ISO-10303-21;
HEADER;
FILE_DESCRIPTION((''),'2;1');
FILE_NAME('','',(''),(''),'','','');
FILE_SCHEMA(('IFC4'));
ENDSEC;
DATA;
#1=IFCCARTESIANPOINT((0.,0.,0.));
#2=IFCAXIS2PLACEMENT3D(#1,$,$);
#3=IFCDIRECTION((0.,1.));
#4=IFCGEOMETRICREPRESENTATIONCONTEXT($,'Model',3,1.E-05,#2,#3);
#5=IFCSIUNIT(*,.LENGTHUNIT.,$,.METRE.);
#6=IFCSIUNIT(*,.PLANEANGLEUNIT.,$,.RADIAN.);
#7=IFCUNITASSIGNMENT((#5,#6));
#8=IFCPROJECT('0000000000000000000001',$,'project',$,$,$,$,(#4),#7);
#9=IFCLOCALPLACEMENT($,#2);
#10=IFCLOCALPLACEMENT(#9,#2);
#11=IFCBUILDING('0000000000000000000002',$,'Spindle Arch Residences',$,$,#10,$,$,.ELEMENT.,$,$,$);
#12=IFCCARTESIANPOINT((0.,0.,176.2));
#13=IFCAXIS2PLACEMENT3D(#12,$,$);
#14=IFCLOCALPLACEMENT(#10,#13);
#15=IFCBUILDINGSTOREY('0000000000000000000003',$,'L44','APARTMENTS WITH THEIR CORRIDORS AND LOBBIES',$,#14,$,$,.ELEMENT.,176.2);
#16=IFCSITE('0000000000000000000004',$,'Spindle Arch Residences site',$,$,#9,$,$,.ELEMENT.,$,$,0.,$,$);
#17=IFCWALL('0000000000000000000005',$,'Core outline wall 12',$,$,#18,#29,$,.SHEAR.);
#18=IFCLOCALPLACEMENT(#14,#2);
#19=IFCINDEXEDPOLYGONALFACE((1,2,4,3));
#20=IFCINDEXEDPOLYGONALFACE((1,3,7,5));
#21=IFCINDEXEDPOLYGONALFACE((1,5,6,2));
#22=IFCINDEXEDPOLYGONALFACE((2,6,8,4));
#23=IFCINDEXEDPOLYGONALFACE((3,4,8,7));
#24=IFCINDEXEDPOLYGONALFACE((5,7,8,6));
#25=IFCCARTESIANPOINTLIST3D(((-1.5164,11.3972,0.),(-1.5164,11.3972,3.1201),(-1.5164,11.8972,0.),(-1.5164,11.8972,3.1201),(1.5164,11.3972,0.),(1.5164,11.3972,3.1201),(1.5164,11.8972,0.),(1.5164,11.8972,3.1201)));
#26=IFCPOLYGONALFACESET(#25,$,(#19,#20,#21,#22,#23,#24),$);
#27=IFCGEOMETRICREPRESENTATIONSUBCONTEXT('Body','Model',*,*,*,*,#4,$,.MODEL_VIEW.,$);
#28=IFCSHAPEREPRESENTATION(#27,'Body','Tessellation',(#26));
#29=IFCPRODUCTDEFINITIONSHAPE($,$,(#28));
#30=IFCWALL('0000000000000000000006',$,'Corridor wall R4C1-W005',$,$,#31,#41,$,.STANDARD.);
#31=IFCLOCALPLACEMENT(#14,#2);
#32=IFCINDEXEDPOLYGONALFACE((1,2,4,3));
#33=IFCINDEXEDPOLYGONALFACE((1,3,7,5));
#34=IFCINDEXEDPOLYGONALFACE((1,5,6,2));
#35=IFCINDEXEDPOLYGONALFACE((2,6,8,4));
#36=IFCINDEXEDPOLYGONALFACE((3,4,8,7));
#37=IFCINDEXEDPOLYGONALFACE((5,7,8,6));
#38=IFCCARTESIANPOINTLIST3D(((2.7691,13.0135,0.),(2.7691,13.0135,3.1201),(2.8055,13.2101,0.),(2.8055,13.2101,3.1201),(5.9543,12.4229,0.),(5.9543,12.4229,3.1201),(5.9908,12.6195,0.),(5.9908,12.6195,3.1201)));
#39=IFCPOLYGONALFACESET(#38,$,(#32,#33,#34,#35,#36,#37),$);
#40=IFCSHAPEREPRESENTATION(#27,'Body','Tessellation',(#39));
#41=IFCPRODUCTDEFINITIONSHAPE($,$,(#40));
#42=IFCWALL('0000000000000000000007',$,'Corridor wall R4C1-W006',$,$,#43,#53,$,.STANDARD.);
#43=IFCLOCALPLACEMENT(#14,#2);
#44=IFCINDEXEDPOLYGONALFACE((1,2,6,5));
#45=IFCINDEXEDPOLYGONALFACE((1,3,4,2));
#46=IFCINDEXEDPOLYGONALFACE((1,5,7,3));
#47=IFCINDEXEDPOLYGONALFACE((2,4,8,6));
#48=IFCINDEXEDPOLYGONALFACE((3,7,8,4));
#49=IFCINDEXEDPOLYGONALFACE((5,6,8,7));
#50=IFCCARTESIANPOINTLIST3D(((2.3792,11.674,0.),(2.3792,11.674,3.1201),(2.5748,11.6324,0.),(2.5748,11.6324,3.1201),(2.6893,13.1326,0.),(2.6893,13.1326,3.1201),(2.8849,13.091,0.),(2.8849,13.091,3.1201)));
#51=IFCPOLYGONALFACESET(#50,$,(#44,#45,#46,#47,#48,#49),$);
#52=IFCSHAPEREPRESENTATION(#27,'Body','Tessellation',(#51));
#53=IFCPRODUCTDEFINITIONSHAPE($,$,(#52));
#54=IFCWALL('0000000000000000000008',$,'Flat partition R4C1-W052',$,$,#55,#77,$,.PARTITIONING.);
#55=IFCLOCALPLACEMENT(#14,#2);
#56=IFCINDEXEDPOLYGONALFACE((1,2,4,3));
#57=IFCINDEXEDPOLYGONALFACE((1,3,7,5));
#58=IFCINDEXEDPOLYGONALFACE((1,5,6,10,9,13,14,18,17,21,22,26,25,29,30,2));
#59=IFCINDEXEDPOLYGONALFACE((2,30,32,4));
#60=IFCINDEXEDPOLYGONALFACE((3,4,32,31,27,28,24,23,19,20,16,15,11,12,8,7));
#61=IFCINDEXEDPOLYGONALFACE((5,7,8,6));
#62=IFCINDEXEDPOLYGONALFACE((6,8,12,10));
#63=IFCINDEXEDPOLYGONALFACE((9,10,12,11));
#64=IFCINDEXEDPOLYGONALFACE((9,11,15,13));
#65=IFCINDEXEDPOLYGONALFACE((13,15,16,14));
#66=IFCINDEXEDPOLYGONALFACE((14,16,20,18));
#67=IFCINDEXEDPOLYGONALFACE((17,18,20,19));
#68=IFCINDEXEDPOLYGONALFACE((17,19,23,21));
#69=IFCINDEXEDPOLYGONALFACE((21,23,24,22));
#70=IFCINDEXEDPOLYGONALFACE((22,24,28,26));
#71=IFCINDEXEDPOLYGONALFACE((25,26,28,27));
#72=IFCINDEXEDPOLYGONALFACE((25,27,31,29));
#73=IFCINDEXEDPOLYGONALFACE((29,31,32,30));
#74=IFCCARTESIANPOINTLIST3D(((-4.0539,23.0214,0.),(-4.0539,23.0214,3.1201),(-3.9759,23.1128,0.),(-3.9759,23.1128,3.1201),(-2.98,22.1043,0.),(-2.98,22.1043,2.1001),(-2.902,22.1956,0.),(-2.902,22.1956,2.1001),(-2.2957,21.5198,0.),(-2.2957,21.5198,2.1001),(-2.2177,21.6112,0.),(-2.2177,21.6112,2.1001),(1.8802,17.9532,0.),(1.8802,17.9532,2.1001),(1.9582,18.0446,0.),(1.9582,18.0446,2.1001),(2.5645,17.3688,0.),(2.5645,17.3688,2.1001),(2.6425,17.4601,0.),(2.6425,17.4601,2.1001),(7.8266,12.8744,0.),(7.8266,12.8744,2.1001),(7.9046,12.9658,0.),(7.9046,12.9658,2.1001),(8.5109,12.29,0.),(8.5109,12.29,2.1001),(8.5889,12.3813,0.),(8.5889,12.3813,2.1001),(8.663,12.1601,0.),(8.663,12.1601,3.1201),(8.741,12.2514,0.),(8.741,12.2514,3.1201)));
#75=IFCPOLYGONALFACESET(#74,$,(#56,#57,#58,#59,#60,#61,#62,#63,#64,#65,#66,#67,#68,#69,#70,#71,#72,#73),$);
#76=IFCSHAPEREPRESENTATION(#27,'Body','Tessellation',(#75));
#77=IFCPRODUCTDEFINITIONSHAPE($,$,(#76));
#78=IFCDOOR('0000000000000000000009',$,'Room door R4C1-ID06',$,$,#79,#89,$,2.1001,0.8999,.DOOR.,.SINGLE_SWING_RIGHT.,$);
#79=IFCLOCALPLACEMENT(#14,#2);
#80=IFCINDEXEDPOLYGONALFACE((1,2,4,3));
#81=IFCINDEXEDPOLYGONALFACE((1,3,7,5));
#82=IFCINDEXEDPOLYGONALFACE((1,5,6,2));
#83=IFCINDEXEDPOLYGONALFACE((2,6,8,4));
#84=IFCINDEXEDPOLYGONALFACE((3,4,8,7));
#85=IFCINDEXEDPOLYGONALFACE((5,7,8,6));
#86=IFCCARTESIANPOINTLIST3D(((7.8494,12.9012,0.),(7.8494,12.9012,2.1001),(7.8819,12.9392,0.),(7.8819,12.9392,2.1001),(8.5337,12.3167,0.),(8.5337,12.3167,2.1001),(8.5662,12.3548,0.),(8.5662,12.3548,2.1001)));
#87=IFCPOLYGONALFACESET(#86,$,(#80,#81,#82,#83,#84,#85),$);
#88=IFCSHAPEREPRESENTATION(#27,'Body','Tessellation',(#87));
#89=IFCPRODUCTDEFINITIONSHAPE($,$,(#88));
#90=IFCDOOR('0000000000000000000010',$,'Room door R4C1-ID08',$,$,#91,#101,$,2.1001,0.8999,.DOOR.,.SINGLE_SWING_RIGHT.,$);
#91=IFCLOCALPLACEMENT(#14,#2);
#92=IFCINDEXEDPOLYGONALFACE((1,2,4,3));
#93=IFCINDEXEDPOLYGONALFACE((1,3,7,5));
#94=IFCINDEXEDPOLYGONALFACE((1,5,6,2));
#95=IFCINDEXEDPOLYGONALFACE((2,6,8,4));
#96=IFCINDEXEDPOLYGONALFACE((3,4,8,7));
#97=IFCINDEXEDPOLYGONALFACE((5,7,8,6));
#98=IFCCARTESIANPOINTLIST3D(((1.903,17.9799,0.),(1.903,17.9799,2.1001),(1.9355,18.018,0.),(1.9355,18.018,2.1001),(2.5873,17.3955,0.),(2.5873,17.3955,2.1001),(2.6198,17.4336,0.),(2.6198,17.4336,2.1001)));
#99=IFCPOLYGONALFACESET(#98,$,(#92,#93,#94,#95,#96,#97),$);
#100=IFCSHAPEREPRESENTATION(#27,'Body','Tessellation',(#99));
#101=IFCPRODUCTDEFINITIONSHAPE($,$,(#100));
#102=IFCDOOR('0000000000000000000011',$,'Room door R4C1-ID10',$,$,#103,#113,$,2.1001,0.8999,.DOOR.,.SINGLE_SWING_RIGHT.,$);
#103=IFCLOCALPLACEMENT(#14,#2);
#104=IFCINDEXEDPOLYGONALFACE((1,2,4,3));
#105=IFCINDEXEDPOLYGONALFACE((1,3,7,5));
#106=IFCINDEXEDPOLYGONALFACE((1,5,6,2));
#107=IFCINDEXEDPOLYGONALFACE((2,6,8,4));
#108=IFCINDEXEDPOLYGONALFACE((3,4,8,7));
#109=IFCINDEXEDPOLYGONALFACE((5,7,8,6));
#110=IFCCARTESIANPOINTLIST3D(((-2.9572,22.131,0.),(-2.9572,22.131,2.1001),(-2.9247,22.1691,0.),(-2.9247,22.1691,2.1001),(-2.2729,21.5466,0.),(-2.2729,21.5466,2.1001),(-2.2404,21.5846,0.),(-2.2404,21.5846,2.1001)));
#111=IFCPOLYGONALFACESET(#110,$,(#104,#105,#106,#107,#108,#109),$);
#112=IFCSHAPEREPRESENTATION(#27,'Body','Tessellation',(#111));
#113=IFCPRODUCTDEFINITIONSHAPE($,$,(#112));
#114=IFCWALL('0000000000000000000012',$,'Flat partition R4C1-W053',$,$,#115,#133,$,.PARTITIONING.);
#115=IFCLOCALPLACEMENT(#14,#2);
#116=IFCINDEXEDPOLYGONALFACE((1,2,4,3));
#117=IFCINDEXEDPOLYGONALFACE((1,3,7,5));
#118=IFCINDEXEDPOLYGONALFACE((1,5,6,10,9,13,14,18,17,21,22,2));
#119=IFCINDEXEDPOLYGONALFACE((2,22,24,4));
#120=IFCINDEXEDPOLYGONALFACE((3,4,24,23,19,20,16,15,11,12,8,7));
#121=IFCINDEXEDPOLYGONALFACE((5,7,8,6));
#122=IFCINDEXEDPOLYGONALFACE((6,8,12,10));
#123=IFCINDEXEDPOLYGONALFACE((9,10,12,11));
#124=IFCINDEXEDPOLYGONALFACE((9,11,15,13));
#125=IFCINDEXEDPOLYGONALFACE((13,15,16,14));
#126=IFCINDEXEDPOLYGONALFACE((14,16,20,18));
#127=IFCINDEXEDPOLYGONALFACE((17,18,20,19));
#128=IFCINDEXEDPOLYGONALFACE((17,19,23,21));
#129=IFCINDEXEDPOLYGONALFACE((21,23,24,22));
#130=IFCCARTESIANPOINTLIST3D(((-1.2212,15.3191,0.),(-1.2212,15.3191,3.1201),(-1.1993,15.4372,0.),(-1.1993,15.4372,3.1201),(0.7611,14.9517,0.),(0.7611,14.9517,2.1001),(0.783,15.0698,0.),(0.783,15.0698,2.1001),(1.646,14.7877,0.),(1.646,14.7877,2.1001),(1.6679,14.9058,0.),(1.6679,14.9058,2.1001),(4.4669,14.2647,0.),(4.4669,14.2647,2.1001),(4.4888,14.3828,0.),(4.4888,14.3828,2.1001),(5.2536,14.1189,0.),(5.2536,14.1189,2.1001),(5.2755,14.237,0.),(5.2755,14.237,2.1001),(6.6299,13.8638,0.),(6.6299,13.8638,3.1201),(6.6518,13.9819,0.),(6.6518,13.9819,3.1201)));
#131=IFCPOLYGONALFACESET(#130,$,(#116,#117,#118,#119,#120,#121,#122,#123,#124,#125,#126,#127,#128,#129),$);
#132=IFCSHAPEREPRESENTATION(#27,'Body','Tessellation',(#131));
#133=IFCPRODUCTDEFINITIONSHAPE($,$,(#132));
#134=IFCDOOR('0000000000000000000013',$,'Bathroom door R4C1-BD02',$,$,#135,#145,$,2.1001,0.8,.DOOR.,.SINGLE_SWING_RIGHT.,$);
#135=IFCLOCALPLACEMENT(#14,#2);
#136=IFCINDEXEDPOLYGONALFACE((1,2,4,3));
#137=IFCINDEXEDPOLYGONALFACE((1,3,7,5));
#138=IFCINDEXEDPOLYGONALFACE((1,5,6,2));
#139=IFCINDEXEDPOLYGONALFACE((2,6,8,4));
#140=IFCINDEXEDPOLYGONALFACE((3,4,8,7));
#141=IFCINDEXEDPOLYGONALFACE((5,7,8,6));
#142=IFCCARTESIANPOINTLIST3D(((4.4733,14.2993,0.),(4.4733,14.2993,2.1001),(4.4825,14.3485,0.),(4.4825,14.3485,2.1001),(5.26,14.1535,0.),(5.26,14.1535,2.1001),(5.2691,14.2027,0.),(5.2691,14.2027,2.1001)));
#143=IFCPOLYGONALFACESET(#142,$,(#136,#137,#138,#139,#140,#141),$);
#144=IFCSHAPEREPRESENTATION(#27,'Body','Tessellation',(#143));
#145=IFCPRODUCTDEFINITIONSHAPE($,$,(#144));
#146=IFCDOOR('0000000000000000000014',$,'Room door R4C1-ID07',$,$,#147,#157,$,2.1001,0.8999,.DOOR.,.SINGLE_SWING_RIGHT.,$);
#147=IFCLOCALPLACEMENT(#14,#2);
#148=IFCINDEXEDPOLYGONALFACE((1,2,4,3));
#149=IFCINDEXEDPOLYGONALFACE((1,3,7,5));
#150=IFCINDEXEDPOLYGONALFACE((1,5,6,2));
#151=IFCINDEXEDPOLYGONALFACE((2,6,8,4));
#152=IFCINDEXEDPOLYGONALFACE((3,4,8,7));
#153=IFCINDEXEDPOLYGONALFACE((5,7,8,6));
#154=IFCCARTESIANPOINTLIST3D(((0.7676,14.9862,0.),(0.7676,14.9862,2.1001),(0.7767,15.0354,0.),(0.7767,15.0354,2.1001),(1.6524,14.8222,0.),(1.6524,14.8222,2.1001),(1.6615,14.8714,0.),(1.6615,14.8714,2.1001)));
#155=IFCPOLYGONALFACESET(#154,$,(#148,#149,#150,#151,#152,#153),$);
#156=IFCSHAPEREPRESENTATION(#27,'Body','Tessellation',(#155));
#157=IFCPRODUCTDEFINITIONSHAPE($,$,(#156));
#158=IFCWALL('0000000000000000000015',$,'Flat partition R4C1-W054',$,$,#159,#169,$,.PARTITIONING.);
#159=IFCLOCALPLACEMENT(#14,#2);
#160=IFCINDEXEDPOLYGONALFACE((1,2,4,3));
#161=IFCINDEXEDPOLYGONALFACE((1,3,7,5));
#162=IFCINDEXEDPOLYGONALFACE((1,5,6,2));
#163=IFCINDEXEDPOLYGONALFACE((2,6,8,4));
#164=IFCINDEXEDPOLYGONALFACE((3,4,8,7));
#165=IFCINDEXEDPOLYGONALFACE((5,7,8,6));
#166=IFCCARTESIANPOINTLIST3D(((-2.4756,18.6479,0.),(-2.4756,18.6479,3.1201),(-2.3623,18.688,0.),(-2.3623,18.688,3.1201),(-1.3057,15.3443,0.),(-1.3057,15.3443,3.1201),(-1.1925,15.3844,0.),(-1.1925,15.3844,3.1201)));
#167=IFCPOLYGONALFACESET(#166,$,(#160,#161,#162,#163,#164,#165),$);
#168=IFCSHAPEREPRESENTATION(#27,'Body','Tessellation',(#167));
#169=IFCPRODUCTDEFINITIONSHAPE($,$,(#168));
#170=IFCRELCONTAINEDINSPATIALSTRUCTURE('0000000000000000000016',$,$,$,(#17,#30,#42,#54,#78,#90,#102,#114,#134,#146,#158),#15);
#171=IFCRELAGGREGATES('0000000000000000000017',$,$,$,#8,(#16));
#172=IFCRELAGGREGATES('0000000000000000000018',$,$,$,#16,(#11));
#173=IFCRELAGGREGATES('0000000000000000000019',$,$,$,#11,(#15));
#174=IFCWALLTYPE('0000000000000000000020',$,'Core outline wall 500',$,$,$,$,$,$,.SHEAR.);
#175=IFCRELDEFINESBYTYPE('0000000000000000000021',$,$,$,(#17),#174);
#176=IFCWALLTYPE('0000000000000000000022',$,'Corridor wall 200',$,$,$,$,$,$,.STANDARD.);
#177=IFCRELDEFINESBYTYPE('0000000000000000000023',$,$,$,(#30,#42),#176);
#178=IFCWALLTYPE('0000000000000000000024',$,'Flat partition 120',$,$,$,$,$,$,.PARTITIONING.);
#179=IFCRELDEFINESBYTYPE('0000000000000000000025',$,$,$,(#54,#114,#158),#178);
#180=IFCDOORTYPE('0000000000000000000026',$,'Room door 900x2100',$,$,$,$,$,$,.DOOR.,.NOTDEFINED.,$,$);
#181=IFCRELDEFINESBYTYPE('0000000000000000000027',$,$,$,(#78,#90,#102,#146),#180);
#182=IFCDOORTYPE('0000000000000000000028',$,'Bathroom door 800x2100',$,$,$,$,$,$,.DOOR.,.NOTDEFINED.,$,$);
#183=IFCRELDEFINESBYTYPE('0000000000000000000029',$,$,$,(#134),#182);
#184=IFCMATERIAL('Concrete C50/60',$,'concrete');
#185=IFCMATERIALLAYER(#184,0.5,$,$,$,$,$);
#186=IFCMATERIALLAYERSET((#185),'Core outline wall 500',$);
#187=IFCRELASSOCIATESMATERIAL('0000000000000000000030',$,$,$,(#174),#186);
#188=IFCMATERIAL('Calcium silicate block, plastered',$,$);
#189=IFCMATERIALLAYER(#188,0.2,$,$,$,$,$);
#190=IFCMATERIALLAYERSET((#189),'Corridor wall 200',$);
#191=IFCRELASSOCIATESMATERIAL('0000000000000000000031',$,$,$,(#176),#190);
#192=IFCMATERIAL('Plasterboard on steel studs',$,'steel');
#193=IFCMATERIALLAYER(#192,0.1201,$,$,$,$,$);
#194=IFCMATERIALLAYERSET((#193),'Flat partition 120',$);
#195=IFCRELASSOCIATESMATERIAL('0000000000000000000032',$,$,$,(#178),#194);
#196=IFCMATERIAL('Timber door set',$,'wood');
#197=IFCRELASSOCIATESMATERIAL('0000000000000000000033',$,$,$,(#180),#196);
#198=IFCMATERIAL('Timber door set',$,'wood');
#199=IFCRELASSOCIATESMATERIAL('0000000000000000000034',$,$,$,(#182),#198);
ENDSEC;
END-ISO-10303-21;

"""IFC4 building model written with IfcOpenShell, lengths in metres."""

from ifc_helpers import new_model, si_unit, direction, frame, frame_2d, origin, place, context, subcontext, project, spatial, rectangle, extrude, material, layer, layer_set, type_object, element, fill, save


model = new_model("IFC4")

# Units and contexts
model_context = context("Model", 3, precision=1e-05, world=origin(), true_north=direction((0.0, 1.0)))
body_context = subcontext(model_context, "Body", "Model", "MODEL_VIEW")
ifc_project = project(units=[si_unit("LENGTHUNIT", "METRE"), si_unit("PLANEANGLEUNIT", "RADIAN")], contexts=[model_context])

# Site, building, storey
site_placement = place(None, origin())
site = spatial("IfcSite", under=ifc_project, at=site_placement, Name="Spindle Arch Residences site", CompositionType="ELEMENT", RefElevation=0.0)
building_placement = place(site_placement, origin())
building = spatial("IfcBuilding", under=site, at=building_placement, Name="Spindle Arch Residences", CompositionType="ELEMENT")
storey_placement = place(building_placement, frame((0.0, 0.0, 176.2)))
storey = spatial("IfcBuildingStorey", under=building, at=storey_placement, Name="L44", Description="APARTMENTS WITH THEIR CORRIDORS AND LOBBIES", CompositionType="ELEMENT", Elevation=176.2)

# Walls
ifc_material_1 = material(Name="Concrete C50/60", Category="concrete")
ifc_layer_1 = layer(ifc_material_1, 0.5)
ifc_layer_set_1 = layer_set([ifc_layer_1], Name="Core outline wall 500")
wall_type_1 = type_object("IfcWallType", Name="Core outline wall 500", PredefinedType="SHEAR", material=ifc_layer_set_1)
wall_1_placement = place(storey_placement, frame((1.5164, 11.6472, 0.0), z_axis=(0.0, 0.0, 1.0), x_axis=(-1.0, 0.0, 0.0)))
element("IfcWall", 1, at=wall_1_placement, inside=storey, type_object=wall_type_1, Name="Core outline wall 12", PredefinedType="SHEAR", context=body_context, shape_type="SweptSolid", body=[
    extrude(rectangle(XDim=3.0327, YDim=0.5, at=frame_2d((1.5164, 0.0))), origin(), (0.0, 0.0, 1.0), 3.1201),
])
ifc_material_2 = material(Name="Calcium silicate block, plastered")
ifc_layer_2 = layer(ifc_material_2, 0.2)
ifc_layer_set_2 = layer_set([ifc_layer_2], Name="Corridor wall 200")
wall_type_2 = type_object("IfcWallType", Name="Corridor wall 200", PredefinedType="STANDARD", material=ifc_layer_set_2)
wall_2_placement = place(storey_placement, frame((5.9724, 12.5212, 0.0), z_axis=(0.0, 0.0, 1.0), x_axis=(-0.983243, 0.1823, 0.0)))
element("IfcWall", 2, at=wall_2_placement, inside=storey, type_object=wall_type_2, Name="Corridor wall R4C1-W005", PredefinedType="STANDARD", context=body_context, shape_type="SweptSolid", body=[
    extrude(rectangle(XDim=3.2395, YDim=0.2, at=frame_2d((1.6196, 0.0))), origin(), (0.0, 0.0, 1.0), 3.1201),
])
wall_3_placement = place(storey_placement, frame((2.7871, 13.1118, 0.0), z_axis=(0.0, 0.0, 1.0), x_axis=(-0.207941, -0.978141, 0.0)))
element("IfcWall", 3, at=wall_3_placement, inside=storey, type_object=wall_type_2, Name="Corridor wall R4C1-W006", PredefinedType="STANDARD", context=body_context, shape_type="SweptSolid", body=[
    extrude(rectangle(XDim=1.4912, YDim=0.2, at=frame_2d((0.7456, 0.0))), origin(), (0.0, 0.0, 1.0), 3.1201),
])

# Walls, openings, doors
ifc_material_3 = material(Name="Plasterboard on steel studs", Category="steel")
ifc_layer_3 = layer(ifc_material_3, 0.1201)
ifc_layer_set_3 = layer_set([ifc_layer_3], Name="Flat partition 120")
wall_type_3 = type_object("IfcWallType", Name="Flat partition 120", PredefinedType="PARTITIONING", material=ifc_layer_set_3)
wall_4_placement = place(storey_placement, frame((8.7019, 12.2058, 0.0), z_axis=(0.0, 0.0, 1.0), x_axis=(-0.760401, 0.649453, 0.0)))
wall_4 = element("IfcWall", 4, at=wall_4_placement, inside=storey, type_object=wall_type_3, Name="Flat partition R4C1-W052", PredefinedType="PARTITIONING", context=body_context, shape_type="SweptSolid", body=[
    extrude(rectangle(XDim=16.7239, YDim=0.1201, at=frame_2d((8.3618, 0.0))), origin(), (0.0, 0.0, 1.0), 3.1201),
])
opening_1_placement = place(wall_4_placement, frame((0.2, 0.0, 0.0)))
opening_1 = element("IfcOpeningElement", 5, at=opening_1_placement, cuts=wall_4, PredefinedType="OPENING", context=body_context, shape_type="SweptSolid", body=[
    extrude(rectangle(XDim=0.8999, YDim=2.1001, at=frame_2d((0.45, 1.05))), frame((0.0, 0.0701, 0.0), z_axis=(0.0, -1.0, 0.0), x_axis=(1.0, 0.0, 0.0)), (0.0, 0.0, 1.0), 0.1401),
])
opening_2_placement = place(wall_4_placement, frame((8.02, 0.0, 0.0)))
opening_2 = element("IfcOpeningElement", 6, at=opening_2_placement, cuts=wall_4, PredefinedType="OPENING", context=body_context, shape_type="SweptSolid", body=[
    extrude(rectangle(XDim=0.8999, YDim=2.1001, at=frame_2d((0.45, 1.05))), frame((0.0, 0.0701, 0.0), z_axis=(0.0, -1.0, 0.0), x_axis=(1.0, 0.0, 0.0)), (0.0, 0.0, 1.0), 0.1401),
])
opening_3_placement = place(wall_4_placement, frame((14.4116, 0.0, 0.0)))
opening_3 = element("IfcOpeningElement", 7, at=opening_3_placement, cuts=wall_4, PredefinedType="OPENING", context=body_context, shape_type="SweptSolid", body=[
    extrude(rectangle(XDim=0.8999, YDim=2.1001, at=frame_2d((0.45, 1.05))), frame((0.0, 0.0701, 0.0), z_axis=(0.0, -1.0, 0.0), x_axis=(1.0, 0.0, 0.0)), (0.0, 0.0, 1.0), 0.1401),
])
ifc_material_4 = material(Name="Timber door set", Category="wood")
door_type_1 = type_object("IfcDoorType", Name="Room door 900x2100", OperationType="NOTDEFINED", PredefinedType="DOOR", material=ifc_material_4)
door_1_placement = place(opening_1_placement, origin())
door_1 = element("IfcDoor", 8, at=door_1_placement, inside=storey, type_object=door_type_1, Name="Room door R4C1-ID06", OperationType="SINGLE_SWING_RIGHT", OverallHeight=2.1001, OverallWidth=0.8999, PredefinedType="DOOR", context=body_context, shape_type="SweptSolid", body=[
    extrude(rectangle(XDim=0.8999, YDim=2.1001, at=frame_2d((0.45, 1.05))), frame((0.0, 0.0249, 0.0), z_axis=(0.0, -1.0, 0.0), x_axis=(1.0, 0.0, 0.0)), (0.0, 0.0, 1.0), 0.05),
])
fill(opening_1, door_1)
door_2_placement = place(opening_2_placement, origin())
door_2 = element("IfcDoor", 9, at=door_2_placement, inside=storey, type_object=door_type_1, Name="Room door R4C1-ID08", OperationType="SINGLE_SWING_RIGHT", OverallHeight=2.1001, OverallWidth=0.8999, PredefinedType="DOOR", context=body_context, shape_type="SweptSolid", body=[
    extrude(rectangle(XDim=0.8999, YDim=2.1001, at=frame_2d((0.45, 1.05))), frame((0.0, 0.0249, 0.0), z_axis=(0.0, -1.0, 0.0), x_axis=(1.0, 0.0, 0.0)), (0.0, 0.0, 1.0), 0.05),
])
fill(opening_2, door_2)
door_3_placement = place(opening_3_placement, origin())
door_3 = element("IfcDoor", 10, at=door_3_placement, inside=storey, type_object=door_type_1, Name="Room door R4C1-ID10", OperationType="SINGLE_SWING_RIGHT", OverallHeight=2.1001, OverallWidth=0.8999, PredefinedType="DOOR", context=body_context, shape_type="SweptSolid", body=[
    extrude(rectangle(XDim=0.8999, YDim=2.1001, at=frame_2d((0.45, 1.05))), frame((0.0, 0.0249, 0.0), z_axis=(0.0, -1.0, 0.0), x_axis=(1.0, 0.0, 0.0)), (0.0, 0.0, 1.0), 0.05),
])
fill(opening_3, door_3)
wall_5_placement = place(storey_placement, frame((6.6409, 13.9229, 0.0), z_axis=(0.0, 0.0, 1.0), x_axis=(-0.98325, 0.182261, 0.0)))
wall_5 = element("IfcWall", 11, at=wall_5_placement, inside=storey, type_object=wall_type_3, Name="Flat partition R4C1-W053", PredefinedType="PARTITIONING", context=body_context, shape_type="SweptSolid", body=[
    extrude(rectangle(XDim=7.9849, YDim=0.1201, at=frame_2d((3.9924, 0.0))), origin(), (0.0, 0.0, 1.0), 3.1201),
])
opening_4_placement = place(wall_5_placement, frame((1.3999, 0.0, 0.0)))
opening_4 = element("IfcOpeningElement", 12, at=opening_4_placement, cuts=wall_5, PredefinedType="OPENING", context=body_context, shape_type="SweptSolid", body=[
    extrude(rectangle(XDim=0.8, YDim=2.1001, at=frame_2d((0.3999, 1.05))), frame((0.0, 0.0701, 0.0), z_axis=(0.0, -1.0, 0.0), x_axis=(1.0, 0.0, 0.0)), (0.0, 0.0, 1.0), 0.1401),
])
opening_5_placement = place(wall_5_placement, frame((5.0688, 0.0, 0.0)))
opening_5 = element("IfcOpeningElement", 13, at=opening_5_placement, cuts=wall_5, PredefinedType="OPENING", context=body_context, shape_type="SweptSolid", body=[
    extrude(rectangle(XDim=0.8999, YDim=2.1001, at=frame_2d((0.45, 1.05))), frame((0.0, 0.0701, 0.0), z_axis=(0.0, -1.0, 0.0), x_axis=(1.0, 0.0, 0.0)), (0.0, 0.0, 1.0), 0.1401),
])
ifc_material_5 = material(Name="Timber door set", Category="wood")
door_type_2 = type_object("IfcDoorType", Name="Bathroom door 800x2100", OperationType="NOTDEFINED", PredefinedType="DOOR", material=ifc_material_5)
door_4_placement = place(opening_4_placement, origin())
door_4 = element("IfcDoor", 14, at=door_4_placement, inside=storey, type_object=door_type_2, Name="Bathroom door R4C1-BD02", OperationType="SINGLE_SWING_RIGHT", OverallHeight=2.1001, OverallWidth=0.8, PredefinedType="DOOR", context=body_context, shape_type="SweptSolid", body=[
    extrude(rectangle(XDim=0.8, YDim=2.1001, at=frame_2d((0.3999, 1.05))), frame((0.0, 0.0249, 0.0), z_axis=(0.0, -1.0, 0.0), x_axis=(1.0, 0.0, 0.0)), (0.0, 0.0, 1.0), 0.05),
])
fill(opening_4, door_4)
door_5_placement = place(opening_5_placement, origin())
door_5 = element("IfcDoor", 15, at=door_5_placement, inside=storey, type_object=door_type_1, Name="Room door R4C1-ID07", OperationType="SINGLE_SWING_RIGHT", OverallHeight=2.1001, OverallWidth=0.8999, PredefinedType="DOOR", context=body_context, shape_type="SweptSolid", body=[
    extrude(rectangle(XDim=0.8999, YDim=2.1001, at=frame_2d((0.45, 1.05))), frame((0.0, 0.0249, 0.0), z_axis=(0.0, -1.0, 0.0), x_axis=(1.0, 0.0, 0.0)), (0.0, 0.0, 1.0), 0.05),
])
fill(opening_5, door_5)

# Wall
wall_6_placement = place(storey_placement, frame((-1.249, 15.3643, 0.0), z_axis=(0.0, 0.0, 1.0), x_axis=(-0.333811, 0.94264, 0.0)))
element("IfcWall", 16, at=wall_6_placement, inside=storey, type_object=wall_type_3, Name="Flat partition R4C1-W054", PredefinedType="PARTITIONING", context=body_context, shape_type="SweptSolid", body=[
    extrude(rectangle(XDim=3.5046, YDim=0.1201, at=frame_2d((1.7524, 0.0))), origin(), (0.0, 0.0, 1.0), 3.1201),
])

save(model, "model.ifc")
